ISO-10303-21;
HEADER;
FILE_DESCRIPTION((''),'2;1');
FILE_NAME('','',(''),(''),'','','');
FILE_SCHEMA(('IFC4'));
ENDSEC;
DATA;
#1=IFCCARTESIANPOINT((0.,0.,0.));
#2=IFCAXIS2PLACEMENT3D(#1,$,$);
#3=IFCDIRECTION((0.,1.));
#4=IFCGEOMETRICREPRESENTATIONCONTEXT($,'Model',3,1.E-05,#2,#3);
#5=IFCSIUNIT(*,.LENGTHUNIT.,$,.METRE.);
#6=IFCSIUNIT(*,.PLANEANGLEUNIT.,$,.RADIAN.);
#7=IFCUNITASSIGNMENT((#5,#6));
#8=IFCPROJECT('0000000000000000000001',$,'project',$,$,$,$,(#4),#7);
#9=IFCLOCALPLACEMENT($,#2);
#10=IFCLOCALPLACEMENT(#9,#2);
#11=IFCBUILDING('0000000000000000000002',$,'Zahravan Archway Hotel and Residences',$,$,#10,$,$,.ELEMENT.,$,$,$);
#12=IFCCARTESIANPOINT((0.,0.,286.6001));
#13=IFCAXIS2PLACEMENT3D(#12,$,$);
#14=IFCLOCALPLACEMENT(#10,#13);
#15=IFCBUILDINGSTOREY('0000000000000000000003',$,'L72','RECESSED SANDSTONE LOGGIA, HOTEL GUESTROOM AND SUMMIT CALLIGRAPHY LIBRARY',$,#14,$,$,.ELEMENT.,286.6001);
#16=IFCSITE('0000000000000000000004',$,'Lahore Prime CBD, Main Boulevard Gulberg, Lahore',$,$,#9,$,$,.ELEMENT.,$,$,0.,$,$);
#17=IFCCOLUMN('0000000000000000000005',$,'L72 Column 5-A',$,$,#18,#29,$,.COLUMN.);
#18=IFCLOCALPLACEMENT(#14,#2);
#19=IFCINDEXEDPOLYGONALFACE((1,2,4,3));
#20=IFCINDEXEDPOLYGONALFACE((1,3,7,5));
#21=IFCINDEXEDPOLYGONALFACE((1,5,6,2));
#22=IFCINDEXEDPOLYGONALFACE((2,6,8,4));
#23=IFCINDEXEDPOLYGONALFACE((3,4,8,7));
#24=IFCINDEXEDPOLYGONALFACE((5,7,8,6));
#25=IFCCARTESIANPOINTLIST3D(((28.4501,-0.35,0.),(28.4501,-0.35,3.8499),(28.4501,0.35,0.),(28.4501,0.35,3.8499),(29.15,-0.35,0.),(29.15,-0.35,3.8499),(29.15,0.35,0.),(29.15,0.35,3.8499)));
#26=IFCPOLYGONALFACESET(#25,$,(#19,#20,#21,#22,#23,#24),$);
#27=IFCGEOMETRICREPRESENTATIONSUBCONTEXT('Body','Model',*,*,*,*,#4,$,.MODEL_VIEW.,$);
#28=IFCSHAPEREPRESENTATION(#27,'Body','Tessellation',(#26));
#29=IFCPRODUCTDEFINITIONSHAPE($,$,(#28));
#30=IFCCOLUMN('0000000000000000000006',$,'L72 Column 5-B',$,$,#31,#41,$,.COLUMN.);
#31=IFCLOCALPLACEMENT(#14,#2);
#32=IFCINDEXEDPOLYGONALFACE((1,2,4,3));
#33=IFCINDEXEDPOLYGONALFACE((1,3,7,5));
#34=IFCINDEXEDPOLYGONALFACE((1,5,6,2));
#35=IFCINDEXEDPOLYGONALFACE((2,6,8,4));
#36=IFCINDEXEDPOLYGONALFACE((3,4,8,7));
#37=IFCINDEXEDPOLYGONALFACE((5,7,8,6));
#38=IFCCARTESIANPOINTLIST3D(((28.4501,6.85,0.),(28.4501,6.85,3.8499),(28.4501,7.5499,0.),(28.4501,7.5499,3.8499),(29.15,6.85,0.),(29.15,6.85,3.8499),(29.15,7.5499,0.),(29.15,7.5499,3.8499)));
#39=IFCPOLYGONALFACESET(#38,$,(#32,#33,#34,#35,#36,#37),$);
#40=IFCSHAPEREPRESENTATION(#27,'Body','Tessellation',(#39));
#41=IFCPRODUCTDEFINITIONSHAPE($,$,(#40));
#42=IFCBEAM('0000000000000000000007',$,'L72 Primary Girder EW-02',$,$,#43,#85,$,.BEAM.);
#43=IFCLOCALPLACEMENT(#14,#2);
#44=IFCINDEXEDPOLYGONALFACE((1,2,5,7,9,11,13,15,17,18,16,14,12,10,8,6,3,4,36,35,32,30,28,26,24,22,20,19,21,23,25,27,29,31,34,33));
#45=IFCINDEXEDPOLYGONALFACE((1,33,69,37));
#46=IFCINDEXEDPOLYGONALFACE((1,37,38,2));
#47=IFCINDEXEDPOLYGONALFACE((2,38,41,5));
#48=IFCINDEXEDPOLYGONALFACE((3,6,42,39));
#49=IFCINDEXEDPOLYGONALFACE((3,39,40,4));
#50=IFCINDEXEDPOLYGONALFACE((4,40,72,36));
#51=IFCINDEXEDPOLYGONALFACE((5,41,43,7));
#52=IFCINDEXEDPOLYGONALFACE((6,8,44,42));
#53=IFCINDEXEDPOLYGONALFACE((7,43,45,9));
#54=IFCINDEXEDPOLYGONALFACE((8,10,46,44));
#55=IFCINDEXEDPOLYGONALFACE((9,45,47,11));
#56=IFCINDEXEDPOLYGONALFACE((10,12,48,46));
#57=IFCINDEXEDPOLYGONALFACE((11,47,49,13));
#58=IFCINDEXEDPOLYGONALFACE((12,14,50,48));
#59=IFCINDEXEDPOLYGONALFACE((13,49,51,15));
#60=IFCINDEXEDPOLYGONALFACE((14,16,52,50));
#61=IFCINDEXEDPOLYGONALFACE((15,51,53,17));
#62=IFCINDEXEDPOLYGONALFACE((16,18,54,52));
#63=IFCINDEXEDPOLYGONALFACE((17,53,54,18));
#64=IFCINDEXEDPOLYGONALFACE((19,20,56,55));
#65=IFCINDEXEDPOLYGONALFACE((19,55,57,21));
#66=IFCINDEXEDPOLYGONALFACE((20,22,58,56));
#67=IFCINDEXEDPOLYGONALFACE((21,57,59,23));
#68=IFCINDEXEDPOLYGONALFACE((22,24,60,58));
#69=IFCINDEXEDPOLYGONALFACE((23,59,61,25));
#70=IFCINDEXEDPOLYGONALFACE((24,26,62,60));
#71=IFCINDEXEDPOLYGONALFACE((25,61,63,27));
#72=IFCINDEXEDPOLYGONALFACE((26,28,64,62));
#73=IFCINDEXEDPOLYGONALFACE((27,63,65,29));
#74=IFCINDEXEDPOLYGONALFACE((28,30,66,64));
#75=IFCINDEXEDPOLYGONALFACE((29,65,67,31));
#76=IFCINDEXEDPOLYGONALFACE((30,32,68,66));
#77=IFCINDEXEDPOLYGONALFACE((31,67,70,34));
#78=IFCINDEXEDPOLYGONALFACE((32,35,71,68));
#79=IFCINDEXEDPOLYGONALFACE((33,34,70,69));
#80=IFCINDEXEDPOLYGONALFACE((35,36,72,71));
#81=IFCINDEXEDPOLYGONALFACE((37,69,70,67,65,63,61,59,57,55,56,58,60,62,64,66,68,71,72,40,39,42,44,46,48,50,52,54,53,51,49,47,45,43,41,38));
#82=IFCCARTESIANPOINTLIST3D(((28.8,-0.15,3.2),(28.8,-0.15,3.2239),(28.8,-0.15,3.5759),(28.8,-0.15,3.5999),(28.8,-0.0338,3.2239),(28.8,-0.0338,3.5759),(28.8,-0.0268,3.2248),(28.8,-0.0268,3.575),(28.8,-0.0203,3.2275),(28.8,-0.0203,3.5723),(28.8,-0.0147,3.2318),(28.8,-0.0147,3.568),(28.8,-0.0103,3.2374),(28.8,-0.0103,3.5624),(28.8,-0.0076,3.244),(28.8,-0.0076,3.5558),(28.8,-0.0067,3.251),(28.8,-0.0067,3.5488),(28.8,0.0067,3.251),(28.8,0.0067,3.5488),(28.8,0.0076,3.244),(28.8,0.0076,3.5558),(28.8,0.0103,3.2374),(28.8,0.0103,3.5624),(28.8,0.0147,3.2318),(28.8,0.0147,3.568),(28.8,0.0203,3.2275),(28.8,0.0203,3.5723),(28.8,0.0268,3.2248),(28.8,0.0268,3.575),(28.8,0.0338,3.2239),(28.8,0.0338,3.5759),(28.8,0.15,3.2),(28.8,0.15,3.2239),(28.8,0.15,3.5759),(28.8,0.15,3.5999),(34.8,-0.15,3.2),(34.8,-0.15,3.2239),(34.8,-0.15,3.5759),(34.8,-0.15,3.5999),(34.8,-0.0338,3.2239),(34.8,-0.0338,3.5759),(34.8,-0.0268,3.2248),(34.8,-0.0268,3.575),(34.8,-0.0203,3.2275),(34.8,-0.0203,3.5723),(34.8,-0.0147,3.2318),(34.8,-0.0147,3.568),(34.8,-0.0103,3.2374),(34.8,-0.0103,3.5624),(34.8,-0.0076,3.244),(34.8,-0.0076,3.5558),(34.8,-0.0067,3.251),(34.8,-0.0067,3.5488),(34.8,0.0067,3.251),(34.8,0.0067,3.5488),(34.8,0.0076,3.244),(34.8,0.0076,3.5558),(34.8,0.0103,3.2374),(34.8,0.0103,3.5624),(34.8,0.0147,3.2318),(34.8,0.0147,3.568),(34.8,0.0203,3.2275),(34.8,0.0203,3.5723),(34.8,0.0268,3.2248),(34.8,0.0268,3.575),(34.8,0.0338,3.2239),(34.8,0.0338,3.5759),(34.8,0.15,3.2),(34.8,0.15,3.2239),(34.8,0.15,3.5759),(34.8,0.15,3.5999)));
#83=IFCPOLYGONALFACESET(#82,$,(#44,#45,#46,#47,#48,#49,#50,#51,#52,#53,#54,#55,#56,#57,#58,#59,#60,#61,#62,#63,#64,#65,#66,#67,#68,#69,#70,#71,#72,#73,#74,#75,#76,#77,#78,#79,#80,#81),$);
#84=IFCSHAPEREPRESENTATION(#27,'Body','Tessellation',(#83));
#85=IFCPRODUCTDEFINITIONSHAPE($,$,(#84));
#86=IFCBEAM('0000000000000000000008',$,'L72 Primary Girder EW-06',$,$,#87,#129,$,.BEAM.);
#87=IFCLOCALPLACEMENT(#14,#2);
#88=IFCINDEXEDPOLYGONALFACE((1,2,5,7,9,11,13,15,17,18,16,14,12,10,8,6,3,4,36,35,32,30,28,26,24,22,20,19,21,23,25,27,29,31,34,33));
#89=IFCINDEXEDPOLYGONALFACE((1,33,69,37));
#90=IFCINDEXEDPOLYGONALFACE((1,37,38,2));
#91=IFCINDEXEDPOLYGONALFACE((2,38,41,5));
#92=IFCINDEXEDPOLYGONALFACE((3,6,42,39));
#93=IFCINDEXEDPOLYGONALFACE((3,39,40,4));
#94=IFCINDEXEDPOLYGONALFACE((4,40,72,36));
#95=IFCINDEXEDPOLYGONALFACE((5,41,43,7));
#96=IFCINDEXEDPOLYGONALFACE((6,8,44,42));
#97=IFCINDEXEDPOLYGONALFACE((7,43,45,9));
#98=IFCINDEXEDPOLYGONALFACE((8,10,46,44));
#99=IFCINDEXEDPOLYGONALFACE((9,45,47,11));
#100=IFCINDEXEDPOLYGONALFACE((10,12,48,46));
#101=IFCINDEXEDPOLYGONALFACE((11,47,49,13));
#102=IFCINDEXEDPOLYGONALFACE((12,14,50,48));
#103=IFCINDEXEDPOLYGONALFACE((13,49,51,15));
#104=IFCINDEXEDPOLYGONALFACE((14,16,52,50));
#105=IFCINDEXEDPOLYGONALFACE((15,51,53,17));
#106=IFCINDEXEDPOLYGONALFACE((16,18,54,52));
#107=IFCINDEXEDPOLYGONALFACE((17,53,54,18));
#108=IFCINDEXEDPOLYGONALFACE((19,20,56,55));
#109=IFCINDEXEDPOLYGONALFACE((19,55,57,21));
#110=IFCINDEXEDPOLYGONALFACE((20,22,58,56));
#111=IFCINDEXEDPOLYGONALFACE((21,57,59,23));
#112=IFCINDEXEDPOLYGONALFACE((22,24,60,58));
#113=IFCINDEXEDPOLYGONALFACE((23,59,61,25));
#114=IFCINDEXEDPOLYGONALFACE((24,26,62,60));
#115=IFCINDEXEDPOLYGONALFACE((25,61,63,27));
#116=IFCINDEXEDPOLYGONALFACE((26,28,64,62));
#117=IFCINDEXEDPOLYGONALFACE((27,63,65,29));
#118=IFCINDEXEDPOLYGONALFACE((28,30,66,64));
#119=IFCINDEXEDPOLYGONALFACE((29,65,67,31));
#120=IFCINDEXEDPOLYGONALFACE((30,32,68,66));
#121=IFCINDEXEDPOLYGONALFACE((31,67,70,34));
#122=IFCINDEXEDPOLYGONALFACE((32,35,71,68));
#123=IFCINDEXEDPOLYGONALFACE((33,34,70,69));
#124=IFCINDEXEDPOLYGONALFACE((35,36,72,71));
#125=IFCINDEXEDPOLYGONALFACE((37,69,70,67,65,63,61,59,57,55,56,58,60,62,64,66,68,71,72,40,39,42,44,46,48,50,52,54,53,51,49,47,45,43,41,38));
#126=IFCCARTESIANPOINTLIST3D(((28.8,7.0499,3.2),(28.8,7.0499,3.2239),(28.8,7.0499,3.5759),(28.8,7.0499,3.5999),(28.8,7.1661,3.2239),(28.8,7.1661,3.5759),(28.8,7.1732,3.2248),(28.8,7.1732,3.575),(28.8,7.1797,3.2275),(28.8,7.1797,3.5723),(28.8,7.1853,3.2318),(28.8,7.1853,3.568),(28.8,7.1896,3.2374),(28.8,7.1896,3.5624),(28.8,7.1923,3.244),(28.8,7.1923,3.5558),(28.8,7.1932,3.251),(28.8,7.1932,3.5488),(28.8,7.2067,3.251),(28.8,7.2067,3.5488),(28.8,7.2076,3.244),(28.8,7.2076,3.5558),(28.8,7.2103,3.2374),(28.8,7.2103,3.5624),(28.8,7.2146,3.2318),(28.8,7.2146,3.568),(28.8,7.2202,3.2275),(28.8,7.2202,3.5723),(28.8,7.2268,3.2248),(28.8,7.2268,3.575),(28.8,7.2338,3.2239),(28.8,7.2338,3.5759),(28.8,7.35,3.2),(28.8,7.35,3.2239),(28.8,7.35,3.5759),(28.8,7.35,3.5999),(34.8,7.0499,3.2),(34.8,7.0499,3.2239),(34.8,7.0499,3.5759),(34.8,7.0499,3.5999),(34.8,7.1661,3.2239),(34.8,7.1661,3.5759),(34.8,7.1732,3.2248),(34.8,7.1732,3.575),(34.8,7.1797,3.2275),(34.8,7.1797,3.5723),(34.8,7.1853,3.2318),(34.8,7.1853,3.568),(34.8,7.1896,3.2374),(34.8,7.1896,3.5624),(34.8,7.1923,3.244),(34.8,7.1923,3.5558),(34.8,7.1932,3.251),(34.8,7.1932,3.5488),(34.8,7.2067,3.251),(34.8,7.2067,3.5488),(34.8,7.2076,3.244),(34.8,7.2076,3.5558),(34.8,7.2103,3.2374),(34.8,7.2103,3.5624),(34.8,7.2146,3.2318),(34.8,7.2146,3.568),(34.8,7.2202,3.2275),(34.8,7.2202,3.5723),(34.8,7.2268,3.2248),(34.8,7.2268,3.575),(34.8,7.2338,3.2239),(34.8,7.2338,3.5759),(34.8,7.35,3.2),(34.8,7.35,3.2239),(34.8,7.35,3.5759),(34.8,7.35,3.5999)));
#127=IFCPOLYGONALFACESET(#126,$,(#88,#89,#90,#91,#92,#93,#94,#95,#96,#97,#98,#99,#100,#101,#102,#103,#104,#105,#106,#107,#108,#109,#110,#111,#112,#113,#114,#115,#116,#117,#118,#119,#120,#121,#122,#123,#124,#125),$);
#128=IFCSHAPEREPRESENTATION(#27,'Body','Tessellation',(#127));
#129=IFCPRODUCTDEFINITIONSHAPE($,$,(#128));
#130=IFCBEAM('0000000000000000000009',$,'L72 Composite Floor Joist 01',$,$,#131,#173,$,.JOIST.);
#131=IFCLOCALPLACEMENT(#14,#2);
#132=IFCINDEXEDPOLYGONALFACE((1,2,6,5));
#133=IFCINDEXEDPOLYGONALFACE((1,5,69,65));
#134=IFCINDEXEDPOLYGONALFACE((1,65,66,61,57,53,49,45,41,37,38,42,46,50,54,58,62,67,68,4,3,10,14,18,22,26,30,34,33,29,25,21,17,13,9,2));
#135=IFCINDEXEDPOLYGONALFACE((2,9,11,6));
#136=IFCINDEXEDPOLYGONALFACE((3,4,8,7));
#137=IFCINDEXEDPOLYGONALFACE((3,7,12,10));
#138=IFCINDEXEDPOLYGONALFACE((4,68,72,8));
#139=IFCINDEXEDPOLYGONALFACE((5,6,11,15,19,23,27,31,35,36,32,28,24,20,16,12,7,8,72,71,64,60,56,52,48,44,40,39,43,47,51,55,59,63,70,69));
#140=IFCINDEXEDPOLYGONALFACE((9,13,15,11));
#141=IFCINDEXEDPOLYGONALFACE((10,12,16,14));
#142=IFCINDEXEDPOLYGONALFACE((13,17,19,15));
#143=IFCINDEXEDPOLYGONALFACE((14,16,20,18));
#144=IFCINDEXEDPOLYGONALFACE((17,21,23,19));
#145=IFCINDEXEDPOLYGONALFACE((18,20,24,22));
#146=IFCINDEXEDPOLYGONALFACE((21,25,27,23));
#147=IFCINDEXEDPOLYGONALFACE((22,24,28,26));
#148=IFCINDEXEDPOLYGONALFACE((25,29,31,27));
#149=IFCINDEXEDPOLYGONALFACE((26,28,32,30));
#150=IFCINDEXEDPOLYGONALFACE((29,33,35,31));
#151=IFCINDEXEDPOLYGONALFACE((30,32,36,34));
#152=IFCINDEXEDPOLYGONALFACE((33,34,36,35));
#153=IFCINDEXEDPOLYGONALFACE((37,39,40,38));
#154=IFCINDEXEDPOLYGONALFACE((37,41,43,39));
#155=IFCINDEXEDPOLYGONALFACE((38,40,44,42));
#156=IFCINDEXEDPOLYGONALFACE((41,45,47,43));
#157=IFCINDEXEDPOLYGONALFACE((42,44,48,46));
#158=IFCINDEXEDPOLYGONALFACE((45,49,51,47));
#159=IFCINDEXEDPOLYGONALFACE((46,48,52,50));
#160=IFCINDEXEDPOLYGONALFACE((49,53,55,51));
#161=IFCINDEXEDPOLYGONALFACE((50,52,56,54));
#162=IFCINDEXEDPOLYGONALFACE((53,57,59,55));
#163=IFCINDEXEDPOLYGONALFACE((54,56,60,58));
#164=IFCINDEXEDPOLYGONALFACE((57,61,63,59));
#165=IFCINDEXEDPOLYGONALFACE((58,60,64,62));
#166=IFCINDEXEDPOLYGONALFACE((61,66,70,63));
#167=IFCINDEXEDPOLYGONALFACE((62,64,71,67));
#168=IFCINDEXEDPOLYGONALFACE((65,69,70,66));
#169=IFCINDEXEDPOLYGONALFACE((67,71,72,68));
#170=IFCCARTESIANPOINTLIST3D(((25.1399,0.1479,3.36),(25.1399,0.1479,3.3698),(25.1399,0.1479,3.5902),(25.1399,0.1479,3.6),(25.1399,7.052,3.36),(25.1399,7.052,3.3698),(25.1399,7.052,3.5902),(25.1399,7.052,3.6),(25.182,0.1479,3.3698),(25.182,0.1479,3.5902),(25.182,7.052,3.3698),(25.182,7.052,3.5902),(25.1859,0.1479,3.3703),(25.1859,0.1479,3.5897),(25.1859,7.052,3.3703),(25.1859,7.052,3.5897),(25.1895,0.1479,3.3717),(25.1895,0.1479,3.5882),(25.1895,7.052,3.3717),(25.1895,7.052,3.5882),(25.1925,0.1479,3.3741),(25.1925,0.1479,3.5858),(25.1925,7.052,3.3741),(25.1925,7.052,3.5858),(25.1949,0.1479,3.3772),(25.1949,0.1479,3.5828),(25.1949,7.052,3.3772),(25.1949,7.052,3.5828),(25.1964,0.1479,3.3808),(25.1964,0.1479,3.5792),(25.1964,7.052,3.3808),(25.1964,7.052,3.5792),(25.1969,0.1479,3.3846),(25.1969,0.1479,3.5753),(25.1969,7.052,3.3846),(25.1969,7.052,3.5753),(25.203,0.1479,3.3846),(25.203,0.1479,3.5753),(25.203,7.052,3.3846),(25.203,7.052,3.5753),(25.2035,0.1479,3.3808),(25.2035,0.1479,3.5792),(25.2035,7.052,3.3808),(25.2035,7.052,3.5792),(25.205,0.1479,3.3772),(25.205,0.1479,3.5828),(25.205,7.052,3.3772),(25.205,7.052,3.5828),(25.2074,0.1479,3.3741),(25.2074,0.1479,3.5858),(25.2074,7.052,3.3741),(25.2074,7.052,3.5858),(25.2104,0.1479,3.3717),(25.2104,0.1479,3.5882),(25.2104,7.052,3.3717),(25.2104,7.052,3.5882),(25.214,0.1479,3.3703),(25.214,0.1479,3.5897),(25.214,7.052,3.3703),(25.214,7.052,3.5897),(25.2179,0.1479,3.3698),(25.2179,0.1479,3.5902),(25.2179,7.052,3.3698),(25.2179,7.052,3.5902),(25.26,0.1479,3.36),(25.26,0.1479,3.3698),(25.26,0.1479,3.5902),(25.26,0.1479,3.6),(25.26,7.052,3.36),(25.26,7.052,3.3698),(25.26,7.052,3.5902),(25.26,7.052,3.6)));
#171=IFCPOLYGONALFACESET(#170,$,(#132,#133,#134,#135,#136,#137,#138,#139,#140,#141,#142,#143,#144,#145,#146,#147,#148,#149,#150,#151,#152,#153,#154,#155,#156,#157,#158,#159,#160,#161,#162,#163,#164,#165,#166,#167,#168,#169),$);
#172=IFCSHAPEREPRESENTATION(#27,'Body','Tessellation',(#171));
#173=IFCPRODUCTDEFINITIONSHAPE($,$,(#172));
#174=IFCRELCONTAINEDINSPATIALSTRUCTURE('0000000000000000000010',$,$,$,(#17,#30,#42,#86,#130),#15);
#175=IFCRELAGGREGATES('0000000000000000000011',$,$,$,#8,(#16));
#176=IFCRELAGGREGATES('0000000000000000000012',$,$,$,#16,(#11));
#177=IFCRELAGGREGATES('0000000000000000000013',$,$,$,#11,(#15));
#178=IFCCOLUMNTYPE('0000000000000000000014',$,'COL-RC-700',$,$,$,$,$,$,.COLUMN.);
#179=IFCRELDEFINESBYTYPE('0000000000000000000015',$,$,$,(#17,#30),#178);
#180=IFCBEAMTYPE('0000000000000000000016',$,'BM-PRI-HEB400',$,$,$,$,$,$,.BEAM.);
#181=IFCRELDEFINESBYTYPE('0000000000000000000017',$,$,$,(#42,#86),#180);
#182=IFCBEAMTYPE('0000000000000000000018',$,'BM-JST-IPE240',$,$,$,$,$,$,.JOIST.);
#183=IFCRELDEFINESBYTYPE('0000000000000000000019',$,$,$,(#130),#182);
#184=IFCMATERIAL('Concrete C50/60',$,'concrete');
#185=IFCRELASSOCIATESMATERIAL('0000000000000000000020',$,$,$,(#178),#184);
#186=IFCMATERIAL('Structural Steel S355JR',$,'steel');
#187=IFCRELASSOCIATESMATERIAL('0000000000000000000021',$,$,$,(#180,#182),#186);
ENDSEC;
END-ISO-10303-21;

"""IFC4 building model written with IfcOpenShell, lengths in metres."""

from ifc_helpers import new_model, si_unit, direction, frame, origin, origin_2d, place, context, subcontext, project, spatial, rectangle, i_section, extrude, source, transform, mapped, material, material_profile, profile_set, type_object, type_shapes, element, save


model = new_model("IFC4")

# Units and contexts
model_context = context("Model", 3, precision=1e-05, world=origin(), true_north=direction((0.0, 1.0)))
body_context = subcontext(model_context, "Body", "Model", "MODEL_VIEW")
ifc_project = project(units=[si_unit("LENGTHUNIT", "METRE"), si_unit("PLANEANGLEUNIT", "RADIAN")], contexts=[model_context])

# Site, building, storey
site_placement = place(None, origin())
site = spatial("IfcSite", under=ifc_project, at=site_placement, Name="Lahore Prime CBD, Main Boulevard Gulberg, Lahore", CompositionType="ELEMENT", RefElevation=0.0)
building_placement = place(site_placement, origin())
building = spatial("IfcBuilding", under=site, at=building_placement, Name="Zahravan Archway Hotel and Residences", CompositionType="ELEMENT")
storey_placement = place(building_placement, frame((0.0, 0.0, 286.6001)))
storey = spatial("IfcBuildingStorey", under=building, at=storey_placement, Name="L72", Description="RECESSED SANDSTONE LOGGIA, HOTEL GUESTROOM AND SUMMIT CALLIGRAPHY LIBRARY", CompositionType="ELEMENT", Elevation=286.6001)

# Columns
ifc_material_1 = material(Name="Concrete C50/60", Category="concrete")
ifc_material_profile_1 = material_profile(ifc_material_1, rectangle(XDim=0.7, YDim=0.7, at=origin_2d()), Name="RC-COL-700x700", Category="concrete")
ifc_profile_set_1 = profile_set([ifc_material_profile_1], Name="Concrete C50/60")
column_type = type_object("IfcColumnType", Name="COL-RC-700", PredefinedType="COLUMN", material=ifc_profile_set_1)
shared_shape_1 = source(origin(), body_context, "Body", "SweptSolid", [
    extrude(rectangle(XDim=0.7, YDim=0.7, at=origin_2d()), origin(), (0.0, 0.0, 1.0), 3.8499),
])
type_shapes(column_type, [shared_shape_1])
for number, where, z_axis, x_axis, name in (
    (1, (28.8, 0.0, 0.0), (0.0, 0.0, 1.0), (1.0, 0.0, 0.0), "L72 Column 5-A"),
    (2, (28.8, 7.2, 0.0), (0.0, 0.0, 1.0), (1.0, 0.0, 0.0), "L72 Column 5-B"),
):
    element("IfcColumn", number, at=place(storey_placement, frame(where, z_axis=z_axis, x_axis=x_axis)), inside=storey, type_object=column_type, Name=name, PredefinedType="COLUMN", context=body_context, shape_type="MappedRepresentation", body=[
        mapped(shared_shape_1, transform((0.0, 0.0, 0.0), scale=1.0)),
    ])

# Beams
ifc_material_2 = material(Name="Structural Steel S355JR", Category="steel")
ifc_material_profile_2 = material_profile(ifc_material_2, i_section(OverallWidth=0.3, OverallDepth=0.3999, WebThickness=0.0134, FlangeThickness=0.0239, FilletRadius=0.0271, at=origin_2d()), Name="HEB 400", Category="steel")
ifc_profile_set_2 = profile_set([ifc_material_profile_2], Name="Structural Steel S355JR")
beam_type_1 = type_object("IfcBeamType", Name="BM-PRI-HEB400", PredefinedType="BEAM", material=ifc_profile_set_2)
shared_shape_2 = source(origin(), body_context, "Body", "SweptSolid", [
    extrude(i_section(OverallWidth=0.3, OverallDepth=0.3999, WebThickness=0.0134, FlangeThickness=0.0239, FilletRadius=0.0271, at=origin_2d()), origin(), (0.0, 0.0, 1.0), 6.0),
])
for number, where, z_axis, x_axis, name in (
    (3, (28.8, 0.0, 3.3999), (1.0, 0.0, 0.0), (0.0, 1.0, 0.0), "L72 Primary Girder EW-02"),
    (4, (28.8, 7.2, 3.3999), (1.0, 0.0, 0.0), (0.0, 1.0, 0.0), "L72 Primary Girder EW-06"),
):
    element("IfcBeam", number, at=place(storey_placement, frame(where, z_axis=z_axis, x_axis=x_axis)), inside=storey, type_object=beam_type_1, Name=name, PredefinedType="BEAM", context=body_context, shape_type="MappedRepresentation", body=[
        mapped(shared_shape_2, transform((0.0, 0.0, 0.0), scale=1.0)),
    ])
ifc_material_profile_3 = material_profile(ifc_material_2, i_section(OverallWidth=0.1201, OverallDepth=0.24, WebThickness=0.0061, FlangeThickness=0.0098, FilletRadius=0.0149, at=origin_2d()), Name="IPE 240", Category="steel")
ifc_profile_set_3 = profile_set([ifc_material_profile_3], Name="Structural Steel S355JR")
beam_type_2 = type_object("IfcBeamType", Name="BM-JST-IPE240", PredefinedType="JOIST", material=ifc_profile_set_3)
shared_shape_3 = source(origin(), body_context, "Body", "SweptSolid", [
    extrude(i_section(OverallWidth=0.1201, OverallDepth=0.24, WebThickness=0.0061, FlangeThickness=0.0098, FilletRadius=0.0149, at=origin_2d()), origin(), (0.0, 0.0, 1.0), 6.9041),
])
type_shapes(beam_type_2, [shared_shape_3])
for number, where, z_axis, x_axis, name in (
    (5, (25.2, 0.1479, 3.48), (0.0, 1.0, 0.0), (-1.0, 0.0, 0.0), "L72 Composite Floor Joist 01"),
):
    element("IfcBeam", number, at=place(storey_placement, frame(where, z_axis=z_axis, x_axis=x_axis)), inside=storey, type_object=beam_type_2, Name=name, PredefinedType="JOIST", context=body_context, shape_type="MappedRepresentation", body=[
        mapped(shared_shape_3, transform((0.0, 0.0, 0.0), scale=1.0)),
    ])

save(model, "model.ifc")
